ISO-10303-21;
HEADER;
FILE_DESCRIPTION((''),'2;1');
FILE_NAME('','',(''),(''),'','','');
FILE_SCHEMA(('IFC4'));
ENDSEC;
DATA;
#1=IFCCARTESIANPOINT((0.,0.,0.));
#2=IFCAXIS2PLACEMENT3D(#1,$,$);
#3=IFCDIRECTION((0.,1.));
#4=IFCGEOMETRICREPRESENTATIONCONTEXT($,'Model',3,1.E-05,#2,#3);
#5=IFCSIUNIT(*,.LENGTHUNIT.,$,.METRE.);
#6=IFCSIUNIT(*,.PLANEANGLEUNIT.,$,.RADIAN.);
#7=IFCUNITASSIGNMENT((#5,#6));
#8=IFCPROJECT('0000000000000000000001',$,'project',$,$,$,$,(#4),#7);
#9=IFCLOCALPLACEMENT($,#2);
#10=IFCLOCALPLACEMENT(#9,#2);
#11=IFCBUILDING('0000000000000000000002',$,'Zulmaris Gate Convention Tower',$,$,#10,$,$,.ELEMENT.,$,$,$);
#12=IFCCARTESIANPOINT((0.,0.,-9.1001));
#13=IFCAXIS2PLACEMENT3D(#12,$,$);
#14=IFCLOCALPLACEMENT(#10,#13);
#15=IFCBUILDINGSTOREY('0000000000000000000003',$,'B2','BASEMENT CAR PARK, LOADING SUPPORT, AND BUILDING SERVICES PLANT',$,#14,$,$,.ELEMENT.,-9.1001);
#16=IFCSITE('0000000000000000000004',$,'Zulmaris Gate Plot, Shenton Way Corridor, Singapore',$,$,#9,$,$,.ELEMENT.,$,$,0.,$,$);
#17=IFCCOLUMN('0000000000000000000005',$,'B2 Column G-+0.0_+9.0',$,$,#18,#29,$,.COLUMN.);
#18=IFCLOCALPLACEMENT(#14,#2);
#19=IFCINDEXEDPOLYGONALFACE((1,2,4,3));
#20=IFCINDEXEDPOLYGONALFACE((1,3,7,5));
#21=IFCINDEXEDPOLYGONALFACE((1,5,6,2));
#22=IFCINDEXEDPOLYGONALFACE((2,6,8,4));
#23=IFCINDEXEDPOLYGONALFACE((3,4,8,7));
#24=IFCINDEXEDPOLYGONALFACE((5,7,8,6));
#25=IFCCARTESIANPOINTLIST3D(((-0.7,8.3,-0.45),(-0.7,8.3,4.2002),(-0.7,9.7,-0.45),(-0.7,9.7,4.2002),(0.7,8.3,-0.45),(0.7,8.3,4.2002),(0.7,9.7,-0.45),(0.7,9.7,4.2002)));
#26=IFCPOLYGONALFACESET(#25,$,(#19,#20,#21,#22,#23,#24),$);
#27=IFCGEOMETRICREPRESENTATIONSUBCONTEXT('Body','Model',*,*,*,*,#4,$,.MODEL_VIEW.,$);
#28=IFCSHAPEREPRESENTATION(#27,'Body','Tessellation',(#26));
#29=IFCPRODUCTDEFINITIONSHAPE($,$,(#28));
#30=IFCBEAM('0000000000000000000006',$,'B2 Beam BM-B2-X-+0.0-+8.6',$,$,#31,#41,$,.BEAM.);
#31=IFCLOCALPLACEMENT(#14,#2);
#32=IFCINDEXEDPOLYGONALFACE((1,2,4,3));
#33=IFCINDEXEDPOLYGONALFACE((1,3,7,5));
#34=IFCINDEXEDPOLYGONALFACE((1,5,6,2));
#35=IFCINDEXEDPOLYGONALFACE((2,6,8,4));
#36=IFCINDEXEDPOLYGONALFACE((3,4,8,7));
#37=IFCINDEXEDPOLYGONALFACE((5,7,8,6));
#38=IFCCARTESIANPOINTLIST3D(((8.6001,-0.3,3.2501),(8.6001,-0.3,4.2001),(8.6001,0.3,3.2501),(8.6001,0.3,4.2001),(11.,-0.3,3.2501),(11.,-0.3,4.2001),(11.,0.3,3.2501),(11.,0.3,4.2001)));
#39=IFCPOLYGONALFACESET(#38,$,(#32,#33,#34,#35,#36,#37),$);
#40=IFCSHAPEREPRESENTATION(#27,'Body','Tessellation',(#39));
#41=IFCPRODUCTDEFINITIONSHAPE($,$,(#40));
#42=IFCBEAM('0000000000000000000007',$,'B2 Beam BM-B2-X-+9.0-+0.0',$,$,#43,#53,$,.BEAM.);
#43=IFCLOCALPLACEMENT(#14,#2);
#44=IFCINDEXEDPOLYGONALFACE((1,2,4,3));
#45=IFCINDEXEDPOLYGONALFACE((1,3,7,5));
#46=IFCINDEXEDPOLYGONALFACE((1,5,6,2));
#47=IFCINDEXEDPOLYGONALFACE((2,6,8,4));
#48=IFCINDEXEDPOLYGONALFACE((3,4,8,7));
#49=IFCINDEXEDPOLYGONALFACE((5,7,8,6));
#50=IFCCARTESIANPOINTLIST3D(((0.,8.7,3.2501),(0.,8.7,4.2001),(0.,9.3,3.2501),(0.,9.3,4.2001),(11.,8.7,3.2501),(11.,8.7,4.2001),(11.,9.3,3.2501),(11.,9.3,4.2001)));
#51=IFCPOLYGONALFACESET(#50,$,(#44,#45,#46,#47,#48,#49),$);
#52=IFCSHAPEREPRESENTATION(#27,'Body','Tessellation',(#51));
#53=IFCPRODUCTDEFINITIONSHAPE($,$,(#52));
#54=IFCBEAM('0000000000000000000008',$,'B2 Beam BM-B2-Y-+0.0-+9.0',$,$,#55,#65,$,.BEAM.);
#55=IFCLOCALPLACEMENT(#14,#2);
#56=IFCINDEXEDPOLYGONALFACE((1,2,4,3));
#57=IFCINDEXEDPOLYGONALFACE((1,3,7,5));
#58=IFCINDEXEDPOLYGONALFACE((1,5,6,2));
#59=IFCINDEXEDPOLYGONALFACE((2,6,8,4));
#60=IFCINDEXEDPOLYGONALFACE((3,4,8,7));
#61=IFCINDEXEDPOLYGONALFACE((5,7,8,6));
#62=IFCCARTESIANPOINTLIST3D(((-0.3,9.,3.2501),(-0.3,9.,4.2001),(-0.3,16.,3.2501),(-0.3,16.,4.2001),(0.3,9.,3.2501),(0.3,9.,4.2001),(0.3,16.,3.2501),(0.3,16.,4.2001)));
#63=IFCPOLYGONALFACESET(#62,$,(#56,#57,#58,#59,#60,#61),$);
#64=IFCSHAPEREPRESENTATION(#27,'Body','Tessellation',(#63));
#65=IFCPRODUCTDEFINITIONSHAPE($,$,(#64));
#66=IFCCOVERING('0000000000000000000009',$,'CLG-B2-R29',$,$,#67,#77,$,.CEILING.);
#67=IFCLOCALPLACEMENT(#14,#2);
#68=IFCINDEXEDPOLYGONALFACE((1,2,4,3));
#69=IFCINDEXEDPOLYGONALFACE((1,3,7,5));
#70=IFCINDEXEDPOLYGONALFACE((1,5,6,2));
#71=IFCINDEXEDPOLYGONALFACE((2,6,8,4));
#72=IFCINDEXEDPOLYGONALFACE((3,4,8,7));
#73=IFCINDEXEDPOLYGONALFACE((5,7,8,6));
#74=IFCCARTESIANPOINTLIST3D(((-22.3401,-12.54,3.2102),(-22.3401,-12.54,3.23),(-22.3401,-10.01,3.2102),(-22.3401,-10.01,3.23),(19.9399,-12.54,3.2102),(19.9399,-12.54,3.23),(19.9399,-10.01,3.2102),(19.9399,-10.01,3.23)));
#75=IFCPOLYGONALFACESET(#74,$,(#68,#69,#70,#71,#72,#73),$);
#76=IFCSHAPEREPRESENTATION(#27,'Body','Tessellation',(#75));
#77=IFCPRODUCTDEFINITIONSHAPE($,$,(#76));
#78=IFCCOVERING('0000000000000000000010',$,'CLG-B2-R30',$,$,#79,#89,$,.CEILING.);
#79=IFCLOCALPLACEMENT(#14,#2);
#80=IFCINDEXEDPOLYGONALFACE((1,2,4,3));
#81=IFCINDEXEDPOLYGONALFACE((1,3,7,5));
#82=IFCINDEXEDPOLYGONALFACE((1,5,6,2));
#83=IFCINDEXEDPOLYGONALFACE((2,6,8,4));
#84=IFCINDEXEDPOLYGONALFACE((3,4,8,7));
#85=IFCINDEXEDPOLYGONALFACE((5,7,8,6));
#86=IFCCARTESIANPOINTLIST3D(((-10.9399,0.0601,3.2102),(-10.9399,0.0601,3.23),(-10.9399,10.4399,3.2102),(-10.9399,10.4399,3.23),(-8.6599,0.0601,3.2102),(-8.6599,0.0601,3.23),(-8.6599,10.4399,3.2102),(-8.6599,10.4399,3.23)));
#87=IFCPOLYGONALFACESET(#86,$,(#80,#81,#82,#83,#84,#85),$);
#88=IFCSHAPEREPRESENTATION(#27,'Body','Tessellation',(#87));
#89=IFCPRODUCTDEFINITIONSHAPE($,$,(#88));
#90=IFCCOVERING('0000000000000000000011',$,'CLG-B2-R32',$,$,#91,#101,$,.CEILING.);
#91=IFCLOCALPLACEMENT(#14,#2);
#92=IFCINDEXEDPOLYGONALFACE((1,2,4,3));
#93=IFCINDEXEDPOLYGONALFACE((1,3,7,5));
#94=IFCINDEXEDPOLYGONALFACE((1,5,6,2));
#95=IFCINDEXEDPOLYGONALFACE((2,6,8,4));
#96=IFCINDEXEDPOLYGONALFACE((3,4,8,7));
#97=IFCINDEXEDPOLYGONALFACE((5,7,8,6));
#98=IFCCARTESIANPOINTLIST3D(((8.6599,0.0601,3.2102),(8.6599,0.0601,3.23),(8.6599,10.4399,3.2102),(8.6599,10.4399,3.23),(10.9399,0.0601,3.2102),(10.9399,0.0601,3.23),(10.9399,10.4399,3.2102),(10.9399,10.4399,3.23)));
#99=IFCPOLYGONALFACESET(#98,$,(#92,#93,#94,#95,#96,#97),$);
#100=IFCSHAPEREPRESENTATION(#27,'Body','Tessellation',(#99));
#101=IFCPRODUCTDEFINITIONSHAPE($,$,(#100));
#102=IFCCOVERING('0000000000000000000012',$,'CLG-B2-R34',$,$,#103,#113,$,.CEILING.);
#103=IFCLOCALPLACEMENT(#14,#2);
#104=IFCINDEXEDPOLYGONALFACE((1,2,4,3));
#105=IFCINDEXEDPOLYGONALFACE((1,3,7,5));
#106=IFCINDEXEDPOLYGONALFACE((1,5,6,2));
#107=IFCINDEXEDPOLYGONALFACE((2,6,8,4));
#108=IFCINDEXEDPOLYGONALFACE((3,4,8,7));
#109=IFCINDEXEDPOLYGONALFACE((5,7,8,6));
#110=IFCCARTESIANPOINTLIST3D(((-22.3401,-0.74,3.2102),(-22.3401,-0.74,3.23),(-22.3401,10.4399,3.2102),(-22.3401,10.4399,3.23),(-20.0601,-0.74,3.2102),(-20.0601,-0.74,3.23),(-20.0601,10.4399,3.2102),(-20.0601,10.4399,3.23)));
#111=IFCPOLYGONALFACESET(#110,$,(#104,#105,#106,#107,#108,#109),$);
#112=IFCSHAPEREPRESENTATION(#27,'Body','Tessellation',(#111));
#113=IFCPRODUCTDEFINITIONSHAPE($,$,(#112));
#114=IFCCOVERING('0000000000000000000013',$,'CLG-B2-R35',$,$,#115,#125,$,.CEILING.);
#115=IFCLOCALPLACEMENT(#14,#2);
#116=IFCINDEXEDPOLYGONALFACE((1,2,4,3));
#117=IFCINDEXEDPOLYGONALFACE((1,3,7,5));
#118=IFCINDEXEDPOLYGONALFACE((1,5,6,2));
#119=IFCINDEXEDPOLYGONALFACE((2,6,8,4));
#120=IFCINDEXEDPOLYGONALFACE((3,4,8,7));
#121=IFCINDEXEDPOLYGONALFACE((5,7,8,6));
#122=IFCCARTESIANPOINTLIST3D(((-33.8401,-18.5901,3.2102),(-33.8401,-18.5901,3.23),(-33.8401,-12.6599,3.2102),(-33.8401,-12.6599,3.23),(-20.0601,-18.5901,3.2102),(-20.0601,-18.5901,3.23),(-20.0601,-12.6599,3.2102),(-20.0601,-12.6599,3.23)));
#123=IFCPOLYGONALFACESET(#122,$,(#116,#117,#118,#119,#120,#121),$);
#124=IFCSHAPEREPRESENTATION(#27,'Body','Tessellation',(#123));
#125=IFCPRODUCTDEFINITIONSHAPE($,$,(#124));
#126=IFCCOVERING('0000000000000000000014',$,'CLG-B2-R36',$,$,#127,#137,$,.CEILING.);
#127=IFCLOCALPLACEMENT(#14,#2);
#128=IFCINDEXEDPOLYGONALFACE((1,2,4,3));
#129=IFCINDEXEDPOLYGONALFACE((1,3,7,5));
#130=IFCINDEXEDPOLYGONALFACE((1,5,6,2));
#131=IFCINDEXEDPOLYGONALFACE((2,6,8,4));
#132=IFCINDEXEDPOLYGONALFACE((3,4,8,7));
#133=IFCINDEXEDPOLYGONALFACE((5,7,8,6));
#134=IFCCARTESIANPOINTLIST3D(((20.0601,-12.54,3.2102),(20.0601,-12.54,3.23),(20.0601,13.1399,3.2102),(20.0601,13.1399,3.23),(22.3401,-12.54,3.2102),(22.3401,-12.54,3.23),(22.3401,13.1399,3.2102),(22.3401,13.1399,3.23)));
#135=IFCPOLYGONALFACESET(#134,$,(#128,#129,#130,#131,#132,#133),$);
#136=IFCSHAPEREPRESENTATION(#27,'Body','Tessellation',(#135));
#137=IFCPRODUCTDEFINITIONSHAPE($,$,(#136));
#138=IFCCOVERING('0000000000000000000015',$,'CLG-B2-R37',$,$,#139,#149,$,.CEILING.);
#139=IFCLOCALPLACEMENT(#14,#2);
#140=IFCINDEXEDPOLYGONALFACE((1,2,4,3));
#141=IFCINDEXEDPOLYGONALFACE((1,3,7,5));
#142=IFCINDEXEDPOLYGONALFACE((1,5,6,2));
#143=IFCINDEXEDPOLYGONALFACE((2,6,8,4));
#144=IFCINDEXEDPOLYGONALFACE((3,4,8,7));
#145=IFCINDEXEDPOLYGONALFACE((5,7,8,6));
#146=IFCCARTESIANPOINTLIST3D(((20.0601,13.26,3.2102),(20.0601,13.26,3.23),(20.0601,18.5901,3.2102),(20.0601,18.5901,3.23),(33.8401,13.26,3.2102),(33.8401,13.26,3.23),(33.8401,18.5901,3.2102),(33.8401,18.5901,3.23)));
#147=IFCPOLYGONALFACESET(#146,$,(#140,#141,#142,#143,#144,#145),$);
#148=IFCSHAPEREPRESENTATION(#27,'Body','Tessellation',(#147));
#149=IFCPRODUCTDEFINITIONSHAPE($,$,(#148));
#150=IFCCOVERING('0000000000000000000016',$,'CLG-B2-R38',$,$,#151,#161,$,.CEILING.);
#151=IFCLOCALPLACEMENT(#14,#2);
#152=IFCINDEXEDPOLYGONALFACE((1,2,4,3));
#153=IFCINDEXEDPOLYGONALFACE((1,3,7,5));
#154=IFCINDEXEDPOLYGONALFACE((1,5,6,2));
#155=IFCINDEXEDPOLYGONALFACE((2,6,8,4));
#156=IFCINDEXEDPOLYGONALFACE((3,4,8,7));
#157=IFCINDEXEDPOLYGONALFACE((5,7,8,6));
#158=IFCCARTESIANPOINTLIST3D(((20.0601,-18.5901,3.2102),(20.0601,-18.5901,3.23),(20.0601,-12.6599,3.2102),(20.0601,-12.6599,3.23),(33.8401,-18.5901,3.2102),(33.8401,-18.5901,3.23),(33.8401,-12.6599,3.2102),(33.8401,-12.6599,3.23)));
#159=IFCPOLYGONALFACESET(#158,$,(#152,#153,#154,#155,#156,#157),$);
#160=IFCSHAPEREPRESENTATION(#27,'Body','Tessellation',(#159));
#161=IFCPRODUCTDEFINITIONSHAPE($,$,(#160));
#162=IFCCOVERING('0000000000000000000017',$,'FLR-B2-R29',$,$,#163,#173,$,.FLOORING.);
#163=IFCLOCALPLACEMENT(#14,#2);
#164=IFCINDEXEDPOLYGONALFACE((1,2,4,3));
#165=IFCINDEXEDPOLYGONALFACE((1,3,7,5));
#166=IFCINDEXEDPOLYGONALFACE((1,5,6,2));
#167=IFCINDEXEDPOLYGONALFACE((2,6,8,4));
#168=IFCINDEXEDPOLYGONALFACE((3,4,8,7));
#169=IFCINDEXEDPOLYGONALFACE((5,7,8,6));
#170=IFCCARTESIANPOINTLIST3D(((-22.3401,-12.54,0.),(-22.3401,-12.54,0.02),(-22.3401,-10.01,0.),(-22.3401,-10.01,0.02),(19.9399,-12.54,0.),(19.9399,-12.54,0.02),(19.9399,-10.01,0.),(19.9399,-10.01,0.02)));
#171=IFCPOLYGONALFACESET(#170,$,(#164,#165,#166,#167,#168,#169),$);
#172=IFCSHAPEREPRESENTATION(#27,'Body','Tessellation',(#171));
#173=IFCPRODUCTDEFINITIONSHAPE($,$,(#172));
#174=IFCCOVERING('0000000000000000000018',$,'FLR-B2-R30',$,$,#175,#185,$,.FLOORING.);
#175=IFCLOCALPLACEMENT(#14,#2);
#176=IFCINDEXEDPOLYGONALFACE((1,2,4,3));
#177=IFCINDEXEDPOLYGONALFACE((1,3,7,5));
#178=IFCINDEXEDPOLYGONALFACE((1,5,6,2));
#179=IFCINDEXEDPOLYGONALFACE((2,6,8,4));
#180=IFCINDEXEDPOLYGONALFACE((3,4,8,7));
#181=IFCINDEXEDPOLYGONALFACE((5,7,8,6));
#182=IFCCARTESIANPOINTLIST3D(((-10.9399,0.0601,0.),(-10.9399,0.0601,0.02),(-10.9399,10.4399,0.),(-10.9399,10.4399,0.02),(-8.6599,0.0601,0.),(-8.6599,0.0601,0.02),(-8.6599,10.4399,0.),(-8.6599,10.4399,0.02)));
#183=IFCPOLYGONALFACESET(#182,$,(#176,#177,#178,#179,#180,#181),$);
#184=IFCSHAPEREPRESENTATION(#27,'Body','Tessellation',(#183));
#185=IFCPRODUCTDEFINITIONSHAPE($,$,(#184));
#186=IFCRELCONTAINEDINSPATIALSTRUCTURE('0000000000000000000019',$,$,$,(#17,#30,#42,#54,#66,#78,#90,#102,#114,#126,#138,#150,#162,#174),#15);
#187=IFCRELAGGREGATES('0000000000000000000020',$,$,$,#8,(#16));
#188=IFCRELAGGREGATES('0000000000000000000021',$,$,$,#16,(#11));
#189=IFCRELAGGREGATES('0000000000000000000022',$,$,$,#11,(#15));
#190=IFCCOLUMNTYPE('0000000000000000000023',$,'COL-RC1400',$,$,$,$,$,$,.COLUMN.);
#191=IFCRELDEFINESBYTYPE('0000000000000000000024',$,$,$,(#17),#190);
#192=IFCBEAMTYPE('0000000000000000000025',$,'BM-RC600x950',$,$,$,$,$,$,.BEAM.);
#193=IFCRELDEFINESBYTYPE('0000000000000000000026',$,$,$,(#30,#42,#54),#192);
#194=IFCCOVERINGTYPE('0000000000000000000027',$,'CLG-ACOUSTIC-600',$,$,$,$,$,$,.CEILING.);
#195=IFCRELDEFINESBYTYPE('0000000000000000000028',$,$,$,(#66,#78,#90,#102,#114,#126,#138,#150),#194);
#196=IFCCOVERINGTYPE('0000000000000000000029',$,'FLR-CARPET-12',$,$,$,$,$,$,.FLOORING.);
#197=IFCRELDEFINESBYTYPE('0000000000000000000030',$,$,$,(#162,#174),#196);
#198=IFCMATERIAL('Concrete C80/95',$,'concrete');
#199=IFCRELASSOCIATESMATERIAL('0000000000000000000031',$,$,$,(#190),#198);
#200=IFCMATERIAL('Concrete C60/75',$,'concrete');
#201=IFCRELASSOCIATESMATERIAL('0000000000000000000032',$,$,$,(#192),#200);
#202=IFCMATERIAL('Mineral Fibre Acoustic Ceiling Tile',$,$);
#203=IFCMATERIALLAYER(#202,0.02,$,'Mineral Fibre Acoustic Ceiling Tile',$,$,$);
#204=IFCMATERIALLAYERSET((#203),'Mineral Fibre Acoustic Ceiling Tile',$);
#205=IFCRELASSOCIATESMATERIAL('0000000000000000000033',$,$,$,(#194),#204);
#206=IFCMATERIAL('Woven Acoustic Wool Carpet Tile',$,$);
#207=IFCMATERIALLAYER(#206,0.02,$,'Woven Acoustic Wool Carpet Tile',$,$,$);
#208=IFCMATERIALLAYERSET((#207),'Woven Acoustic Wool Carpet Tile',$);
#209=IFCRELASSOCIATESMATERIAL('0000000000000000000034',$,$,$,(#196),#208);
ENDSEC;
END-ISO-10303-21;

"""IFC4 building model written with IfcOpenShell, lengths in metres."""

from ifc_helpers import new_model, si_unit, direction, frame, origin, origin_2d, place, context, subcontext, project, spatial, polyline, rectangle, outline, extrude, material, layer, layer_set, material_profile, profile_set, type_object, element, save


model = new_model("IFC4")

# Units and contexts
model_context = context("Model", 3, precision=1e-05, world=origin(), true_north=direction((0.0, 1.0)))
body_context = subcontext(model_context, "Body", "Model", "MODEL_VIEW")
ifc_project = project(units=[si_unit("LENGTHUNIT", "METRE"), si_unit("PLANEANGLEUNIT", "RADIAN")], contexts=[model_context])

# Site, building, storey
site_placement = place(None, origin())
site = spatial("IfcSite", under=ifc_project, at=site_placement, Name="Zulmaris Gate Plot, Shenton Way Corridor, Singapore", CompositionType="ELEMENT", RefElevation=0.0)
building_placement = place(site_placement, origin())
building = spatial("IfcBuilding", under=site, at=building_placement, Name="Zulmaris Gate Convention Tower", CompositionType="ELEMENT")
storey_placement = place(building_placement, frame((0.0, 0.0, -9.1001)))
storey = spatial("IfcBuildingStorey", under=building, at=storey_placement, Name="B2", Description="BASEMENT CAR PARK, LOADING SUPPORT, AND BUILDING SERVICES PLANT", CompositionType="ELEMENT", Elevation=-9.1001)

# Column
ifc_material_1 = material(Name="Concrete C80/95", Category="concrete")
ifc_material_profile_1 = material_profile(ifc_material_1, rectangle(XDim=1.3999, YDim=1.3999, at=origin_2d()), Name="RC COL 1400x1400")
ifc_profile_set_1 = profile_set([ifc_material_profile_1], Name="Concrete C80/95")
column_type_1 = type_object("IfcColumnType", Name="COL-RC1400", PredefinedType="COLUMN", material=ifc_profile_set_1)
column_1_placement = place(storey_placement, frame((0.0, 9.0, -0.45), z_axis=(0.0, 0.0, 1.0), x_axis=(1.0, 0.0, 0.0)))
element("IfcColumn", 1, at=column_1_placement, inside=storey, type_object=column_type_1, Name="B2 Column G-+0.0_+9.0", PredefinedType="COLUMN", context=body_context, shape_type="SweptSolid", body=[
    extrude(rectangle(XDim=1.3999, YDim=1.3999, at=origin_2d()), origin(), (0.0, 0.0, 1.0), 4.6501),
])

# Beams
ifc_material_2 = material(Name="Concrete C60/75", Category="concrete")
ifc_material_profile_2 = material_profile(ifc_material_2, rectangle(XDim=0.6001, YDim=0.95, at=origin_2d()), Name="RC BEAM 600x950")
ifc_profile_set_2 = profile_set([ifc_material_profile_2], Name="Concrete C60/75")
beam_type = type_object("IfcBeamType", Name="BM-RC600x950", PredefinedType="BEAM", material=ifc_profile_set_2)
beam_1_placement = place(storey_placement, frame((8.6001, 0.0, 3.7251), z_axis=(1.0, 0.0, 0.0), x_axis=(0.0, 1.0, 0.0)))
element("IfcBeam", 2, at=beam_1_placement, inside=storey, type_object=beam_type, Name="B2 Beam BM-B2-X-+0.0-+8.6", PredefinedType="BEAM", context=body_context, shape_type="SweptSolid", body=[
    extrude(rectangle(XDim=0.6001, YDim=0.95, at=origin_2d()), origin(), (0.0, 0.0, 1.0), 2.3999),
])
beam_2_placement = place(storey_placement, frame((0.0, 9.0, 3.7251), z_axis=(1.0, 0.0, 0.0), x_axis=(0.0, 1.0, 0.0)))
element("IfcBeam", 3, at=beam_2_placement, inside=storey, type_object=beam_type, Name="B2 Beam BM-B2-X-+9.0-+0.0", PredefinedType="BEAM", context=body_context, shape_type="SweptSolid", body=[
    extrude(rectangle(XDim=0.6001, YDim=0.95, at=origin_2d()), origin(), (0.0, 0.0, 1.0), 11.0),
])
beam_3_placement = place(storey_placement, frame((0.0, 9.0, 3.7251), z_axis=(0.0, 1.0, 0.0), x_axis=(-1.0, 0.0, 0.0)))
element("IfcBeam", 4, at=beam_3_placement, inside=storey, type_object=beam_type, Name="B2 Beam BM-B2-Y-+0.0-+9.0", PredefinedType="BEAM", context=body_context, shape_type="SweptSolid", body=[
    extrude(rectangle(XDim=0.6001, YDim=0.95, at=origin_2d()), origin(), (0.0, 0.0, 1.0), 7.0),
])

# Coverings
ifc_material_3 = material(Name="Mineral Fibre Acoustic Ceiling Tile")
ifc_layer_1 = layer(ifc_material_3, 0.02, Name="Mineral Fibre Acoustic Ceiling Tile")
ifc_layer_set_1 = layer_set([ifc_layer_1], Name="Mineral Fibre Acoustic Ceiling Tile")
covering_type_1 = type_object("IfcCoveringType", Name="CLG-ACOUSTIC-600", PredefinedType="CEILING", material=ifc_layer_set_1)
covering_1_placement = place(storey_placement, frame((0.0, 0.0, 3.2102)))
element("IfcCovering", 5, at=covering_1_placement, inside=storey, type_object=covering_type_1, Name="CLG-B2-R29", PredefinedType="CEILING", context=body_context, shape_type="SweptSolid", body=[
    extrude(outline(polyline([(-22.3401, -12.54), (19.9399, -12.54), (19.9399, -10.01), (-22.3401, -10.01), (-22.3401, -12.54)])), origin(), (0.0, 0.0, 1.0), 0.0198),
])
covering_2_placement = place(storey_placement, frame((0.0, 0.0, 3.2102)))
element("IfcCovering", 6, at=covering_2_placement, inside=storey, type_object=covering_type_1, Name="CLG-B2-R30", PredefinedType="CEILING", context=body_context, shape_type="SweptSolid", body=[
    extrude(outline(polyline([(-10.9399, 0.0601), (-8.6599, 0.0601), (-8.6599, 10.4399), (-10.9399, 10.4399), (-10.9399, 0.0601)])), origin(), (0.0, 0.0, 1.0), 0.0198),
])
covering_3_placement = place(storey_placement, frame((0.0, 0.0, 3.2102)))
element("IfcCovering", 7, at=covering_3_placement, inside=storey, type_object=covering_type_1, Name="CLG-B2-R32", PredefinedType="CEILING", context=body_context, shape_type="SweptSolid", body=[
    extrude(outline(polyline([(8.6599, 0.0601), (10.9399, 0.0601), (10.9399, 10.4399), (8.6599, 10.4399), (8.6599, 0.0601)])), origin(), (0.0, 0.0, 1.0), 0.0198),
])
covering_4_placement = place(storey_placement, frame((0.0, 0.0, 3.2102)))
element("IfcCovering", 8, at=covering_4_placement, inside=storey, type_object=covering_type_1, Name="CLG-B2-R34", PredefinedType="CEILING", context=body_context, shape_type="SweptSolid", body=[
    extrude(outline(polyline([(-22.3401, -0.74), (-20.0601, -0.74), (-20.0601, 10.4399), (-22.3401, 10.4399), (-22.3401, -0.74)])), origin(), (0.0, 0.0, 1.0), 0.0198),
])
covering_5_placement = place(storey_placement, frame((0.0, 0.0, 3.2102)))
element("IfcCovering", 9, at=covering_5_placement, inside=storey, type_object=covering_type_1, Name="CLG-B2-R35", PredefinedType="CEILING", context=body_context, shape_type="SweptSolid", body=[
    extrude(outline(polyline([(-33.8401, -18.5901), (-20.0601, -18.5901), (-20.0601, -12.6599), (-33.8401, -12.6599), (-33.8401, -18.5901)])), origin(), (0.0, 0.0, 1.0), 0.0198),
])
covering_6_placement = place(storey_placement, frame((0.0, 0.0, 3.2102)))
element("IfcCovering", 10, at=covering_6_placement, inside=storey, type_object=covering_type_1, Name="CLG-B2-R36", PredefinedType="CEILING", context=body_context, shape_type="SweptSolid", body=[
    extrude(outline(polyline([(20.0601, -12.54), (22.3401, -12.54), (22.3401, 13.1399), (20.0601, 13.1399), (20.0601, -12.54)])), origin(), (0.0, 0.0, 1.0), 0.0198),
])
covering_7_placement = place(storey_placement, frame((0.0, 0.0, 3.2102)))
element("IfcCovering", 11, at=covering_7_placement, inside=storey, type_object=covering_type_1, Name="CLG-B2-R37", PredefinedType="CEILING", context=body_context, shape_type="SweptSolid", body=[
    extrude(outline(polyline([(20.0601, 13.26), (33.8401, 13.26), (33.8401, 18.5901), (20.0601, 18.5901), (20.0601, 13.26)])), origin(), (0.0, 0.0, 1.0), 0.0198),
])
covering_8_placement = place(storey_placement, frame((0.0, 0.0, 3.2102)))
element("IfcCovering", 12, at=covering_8_placement, inside=storey, type_object=covering_type_1, Name="CLG-B2-R38", PredefinedType="CEILING", context=body_context, shape_type="SweptSolid", body=[
    extrude(outline(polyline([(20.0601, -18.5901), (33.8401, -18.5901), (33.8401, -12.6599), (20.0601, -12.6599), (20.0601, -18.5901)])), origin(), (0.0, 0.0, 1.0), 0.0198),
])
ifc_material_4 = material(Name="Woven Acoustic Wool Carpet Tile")
ifc_layer_2 = layer(ifc_material_4, 0.02, Name="Woven Acoustic Wool Carpet Tile")
ifc_layer_set_2 = layer_set([ifc_layer_2], Name="Woven Acoustic Wool Carpet Tile")
covering_type_2 = type_object("IfcCoveringType", Name="FLR-CARPET-12", PredefinedType="FLOORING", material=ifc_layer_set_2)
covering_9_placement = place(storey_placement, origin())
element("IfcCovering", 13, at=covering_9_placement, inside=storey, type_object=covering_type_2, Name="FLR-B2-R29", PredefinedType="FLOORING", context=body_context, shape_type="SweptSolid", body=[
    extrude(outline(polyline([(-22.3401, -12.54), (19.9399, -12.54), (19.9399, -10.01), (-22.3401, -10.01), (-22.3401, -12.54)])), origin(), (0.0, 0.0, 1.0), 0.02),
])
covering_10_placement = place(storey_placement, origin())
element("IfcCovering", 14, at=covering_10_placement, inside=storey, type_object=covering_type_2, Name="FLR-B2-R30", PredefinedType="FLOORING", context=body_context, shape_type="SweptSolid", body=[
    extrude(outline(polyline([(-10.9399, 0.0601), (-8.6599, 0.0601), (-8.6599, 10.4399), (-10.9399, 10.4399), (-10.9399, 0.0601)])), origin(), (0.0, 0.0, 1.0), 0.02),
])

save(model, "model.ifc")
